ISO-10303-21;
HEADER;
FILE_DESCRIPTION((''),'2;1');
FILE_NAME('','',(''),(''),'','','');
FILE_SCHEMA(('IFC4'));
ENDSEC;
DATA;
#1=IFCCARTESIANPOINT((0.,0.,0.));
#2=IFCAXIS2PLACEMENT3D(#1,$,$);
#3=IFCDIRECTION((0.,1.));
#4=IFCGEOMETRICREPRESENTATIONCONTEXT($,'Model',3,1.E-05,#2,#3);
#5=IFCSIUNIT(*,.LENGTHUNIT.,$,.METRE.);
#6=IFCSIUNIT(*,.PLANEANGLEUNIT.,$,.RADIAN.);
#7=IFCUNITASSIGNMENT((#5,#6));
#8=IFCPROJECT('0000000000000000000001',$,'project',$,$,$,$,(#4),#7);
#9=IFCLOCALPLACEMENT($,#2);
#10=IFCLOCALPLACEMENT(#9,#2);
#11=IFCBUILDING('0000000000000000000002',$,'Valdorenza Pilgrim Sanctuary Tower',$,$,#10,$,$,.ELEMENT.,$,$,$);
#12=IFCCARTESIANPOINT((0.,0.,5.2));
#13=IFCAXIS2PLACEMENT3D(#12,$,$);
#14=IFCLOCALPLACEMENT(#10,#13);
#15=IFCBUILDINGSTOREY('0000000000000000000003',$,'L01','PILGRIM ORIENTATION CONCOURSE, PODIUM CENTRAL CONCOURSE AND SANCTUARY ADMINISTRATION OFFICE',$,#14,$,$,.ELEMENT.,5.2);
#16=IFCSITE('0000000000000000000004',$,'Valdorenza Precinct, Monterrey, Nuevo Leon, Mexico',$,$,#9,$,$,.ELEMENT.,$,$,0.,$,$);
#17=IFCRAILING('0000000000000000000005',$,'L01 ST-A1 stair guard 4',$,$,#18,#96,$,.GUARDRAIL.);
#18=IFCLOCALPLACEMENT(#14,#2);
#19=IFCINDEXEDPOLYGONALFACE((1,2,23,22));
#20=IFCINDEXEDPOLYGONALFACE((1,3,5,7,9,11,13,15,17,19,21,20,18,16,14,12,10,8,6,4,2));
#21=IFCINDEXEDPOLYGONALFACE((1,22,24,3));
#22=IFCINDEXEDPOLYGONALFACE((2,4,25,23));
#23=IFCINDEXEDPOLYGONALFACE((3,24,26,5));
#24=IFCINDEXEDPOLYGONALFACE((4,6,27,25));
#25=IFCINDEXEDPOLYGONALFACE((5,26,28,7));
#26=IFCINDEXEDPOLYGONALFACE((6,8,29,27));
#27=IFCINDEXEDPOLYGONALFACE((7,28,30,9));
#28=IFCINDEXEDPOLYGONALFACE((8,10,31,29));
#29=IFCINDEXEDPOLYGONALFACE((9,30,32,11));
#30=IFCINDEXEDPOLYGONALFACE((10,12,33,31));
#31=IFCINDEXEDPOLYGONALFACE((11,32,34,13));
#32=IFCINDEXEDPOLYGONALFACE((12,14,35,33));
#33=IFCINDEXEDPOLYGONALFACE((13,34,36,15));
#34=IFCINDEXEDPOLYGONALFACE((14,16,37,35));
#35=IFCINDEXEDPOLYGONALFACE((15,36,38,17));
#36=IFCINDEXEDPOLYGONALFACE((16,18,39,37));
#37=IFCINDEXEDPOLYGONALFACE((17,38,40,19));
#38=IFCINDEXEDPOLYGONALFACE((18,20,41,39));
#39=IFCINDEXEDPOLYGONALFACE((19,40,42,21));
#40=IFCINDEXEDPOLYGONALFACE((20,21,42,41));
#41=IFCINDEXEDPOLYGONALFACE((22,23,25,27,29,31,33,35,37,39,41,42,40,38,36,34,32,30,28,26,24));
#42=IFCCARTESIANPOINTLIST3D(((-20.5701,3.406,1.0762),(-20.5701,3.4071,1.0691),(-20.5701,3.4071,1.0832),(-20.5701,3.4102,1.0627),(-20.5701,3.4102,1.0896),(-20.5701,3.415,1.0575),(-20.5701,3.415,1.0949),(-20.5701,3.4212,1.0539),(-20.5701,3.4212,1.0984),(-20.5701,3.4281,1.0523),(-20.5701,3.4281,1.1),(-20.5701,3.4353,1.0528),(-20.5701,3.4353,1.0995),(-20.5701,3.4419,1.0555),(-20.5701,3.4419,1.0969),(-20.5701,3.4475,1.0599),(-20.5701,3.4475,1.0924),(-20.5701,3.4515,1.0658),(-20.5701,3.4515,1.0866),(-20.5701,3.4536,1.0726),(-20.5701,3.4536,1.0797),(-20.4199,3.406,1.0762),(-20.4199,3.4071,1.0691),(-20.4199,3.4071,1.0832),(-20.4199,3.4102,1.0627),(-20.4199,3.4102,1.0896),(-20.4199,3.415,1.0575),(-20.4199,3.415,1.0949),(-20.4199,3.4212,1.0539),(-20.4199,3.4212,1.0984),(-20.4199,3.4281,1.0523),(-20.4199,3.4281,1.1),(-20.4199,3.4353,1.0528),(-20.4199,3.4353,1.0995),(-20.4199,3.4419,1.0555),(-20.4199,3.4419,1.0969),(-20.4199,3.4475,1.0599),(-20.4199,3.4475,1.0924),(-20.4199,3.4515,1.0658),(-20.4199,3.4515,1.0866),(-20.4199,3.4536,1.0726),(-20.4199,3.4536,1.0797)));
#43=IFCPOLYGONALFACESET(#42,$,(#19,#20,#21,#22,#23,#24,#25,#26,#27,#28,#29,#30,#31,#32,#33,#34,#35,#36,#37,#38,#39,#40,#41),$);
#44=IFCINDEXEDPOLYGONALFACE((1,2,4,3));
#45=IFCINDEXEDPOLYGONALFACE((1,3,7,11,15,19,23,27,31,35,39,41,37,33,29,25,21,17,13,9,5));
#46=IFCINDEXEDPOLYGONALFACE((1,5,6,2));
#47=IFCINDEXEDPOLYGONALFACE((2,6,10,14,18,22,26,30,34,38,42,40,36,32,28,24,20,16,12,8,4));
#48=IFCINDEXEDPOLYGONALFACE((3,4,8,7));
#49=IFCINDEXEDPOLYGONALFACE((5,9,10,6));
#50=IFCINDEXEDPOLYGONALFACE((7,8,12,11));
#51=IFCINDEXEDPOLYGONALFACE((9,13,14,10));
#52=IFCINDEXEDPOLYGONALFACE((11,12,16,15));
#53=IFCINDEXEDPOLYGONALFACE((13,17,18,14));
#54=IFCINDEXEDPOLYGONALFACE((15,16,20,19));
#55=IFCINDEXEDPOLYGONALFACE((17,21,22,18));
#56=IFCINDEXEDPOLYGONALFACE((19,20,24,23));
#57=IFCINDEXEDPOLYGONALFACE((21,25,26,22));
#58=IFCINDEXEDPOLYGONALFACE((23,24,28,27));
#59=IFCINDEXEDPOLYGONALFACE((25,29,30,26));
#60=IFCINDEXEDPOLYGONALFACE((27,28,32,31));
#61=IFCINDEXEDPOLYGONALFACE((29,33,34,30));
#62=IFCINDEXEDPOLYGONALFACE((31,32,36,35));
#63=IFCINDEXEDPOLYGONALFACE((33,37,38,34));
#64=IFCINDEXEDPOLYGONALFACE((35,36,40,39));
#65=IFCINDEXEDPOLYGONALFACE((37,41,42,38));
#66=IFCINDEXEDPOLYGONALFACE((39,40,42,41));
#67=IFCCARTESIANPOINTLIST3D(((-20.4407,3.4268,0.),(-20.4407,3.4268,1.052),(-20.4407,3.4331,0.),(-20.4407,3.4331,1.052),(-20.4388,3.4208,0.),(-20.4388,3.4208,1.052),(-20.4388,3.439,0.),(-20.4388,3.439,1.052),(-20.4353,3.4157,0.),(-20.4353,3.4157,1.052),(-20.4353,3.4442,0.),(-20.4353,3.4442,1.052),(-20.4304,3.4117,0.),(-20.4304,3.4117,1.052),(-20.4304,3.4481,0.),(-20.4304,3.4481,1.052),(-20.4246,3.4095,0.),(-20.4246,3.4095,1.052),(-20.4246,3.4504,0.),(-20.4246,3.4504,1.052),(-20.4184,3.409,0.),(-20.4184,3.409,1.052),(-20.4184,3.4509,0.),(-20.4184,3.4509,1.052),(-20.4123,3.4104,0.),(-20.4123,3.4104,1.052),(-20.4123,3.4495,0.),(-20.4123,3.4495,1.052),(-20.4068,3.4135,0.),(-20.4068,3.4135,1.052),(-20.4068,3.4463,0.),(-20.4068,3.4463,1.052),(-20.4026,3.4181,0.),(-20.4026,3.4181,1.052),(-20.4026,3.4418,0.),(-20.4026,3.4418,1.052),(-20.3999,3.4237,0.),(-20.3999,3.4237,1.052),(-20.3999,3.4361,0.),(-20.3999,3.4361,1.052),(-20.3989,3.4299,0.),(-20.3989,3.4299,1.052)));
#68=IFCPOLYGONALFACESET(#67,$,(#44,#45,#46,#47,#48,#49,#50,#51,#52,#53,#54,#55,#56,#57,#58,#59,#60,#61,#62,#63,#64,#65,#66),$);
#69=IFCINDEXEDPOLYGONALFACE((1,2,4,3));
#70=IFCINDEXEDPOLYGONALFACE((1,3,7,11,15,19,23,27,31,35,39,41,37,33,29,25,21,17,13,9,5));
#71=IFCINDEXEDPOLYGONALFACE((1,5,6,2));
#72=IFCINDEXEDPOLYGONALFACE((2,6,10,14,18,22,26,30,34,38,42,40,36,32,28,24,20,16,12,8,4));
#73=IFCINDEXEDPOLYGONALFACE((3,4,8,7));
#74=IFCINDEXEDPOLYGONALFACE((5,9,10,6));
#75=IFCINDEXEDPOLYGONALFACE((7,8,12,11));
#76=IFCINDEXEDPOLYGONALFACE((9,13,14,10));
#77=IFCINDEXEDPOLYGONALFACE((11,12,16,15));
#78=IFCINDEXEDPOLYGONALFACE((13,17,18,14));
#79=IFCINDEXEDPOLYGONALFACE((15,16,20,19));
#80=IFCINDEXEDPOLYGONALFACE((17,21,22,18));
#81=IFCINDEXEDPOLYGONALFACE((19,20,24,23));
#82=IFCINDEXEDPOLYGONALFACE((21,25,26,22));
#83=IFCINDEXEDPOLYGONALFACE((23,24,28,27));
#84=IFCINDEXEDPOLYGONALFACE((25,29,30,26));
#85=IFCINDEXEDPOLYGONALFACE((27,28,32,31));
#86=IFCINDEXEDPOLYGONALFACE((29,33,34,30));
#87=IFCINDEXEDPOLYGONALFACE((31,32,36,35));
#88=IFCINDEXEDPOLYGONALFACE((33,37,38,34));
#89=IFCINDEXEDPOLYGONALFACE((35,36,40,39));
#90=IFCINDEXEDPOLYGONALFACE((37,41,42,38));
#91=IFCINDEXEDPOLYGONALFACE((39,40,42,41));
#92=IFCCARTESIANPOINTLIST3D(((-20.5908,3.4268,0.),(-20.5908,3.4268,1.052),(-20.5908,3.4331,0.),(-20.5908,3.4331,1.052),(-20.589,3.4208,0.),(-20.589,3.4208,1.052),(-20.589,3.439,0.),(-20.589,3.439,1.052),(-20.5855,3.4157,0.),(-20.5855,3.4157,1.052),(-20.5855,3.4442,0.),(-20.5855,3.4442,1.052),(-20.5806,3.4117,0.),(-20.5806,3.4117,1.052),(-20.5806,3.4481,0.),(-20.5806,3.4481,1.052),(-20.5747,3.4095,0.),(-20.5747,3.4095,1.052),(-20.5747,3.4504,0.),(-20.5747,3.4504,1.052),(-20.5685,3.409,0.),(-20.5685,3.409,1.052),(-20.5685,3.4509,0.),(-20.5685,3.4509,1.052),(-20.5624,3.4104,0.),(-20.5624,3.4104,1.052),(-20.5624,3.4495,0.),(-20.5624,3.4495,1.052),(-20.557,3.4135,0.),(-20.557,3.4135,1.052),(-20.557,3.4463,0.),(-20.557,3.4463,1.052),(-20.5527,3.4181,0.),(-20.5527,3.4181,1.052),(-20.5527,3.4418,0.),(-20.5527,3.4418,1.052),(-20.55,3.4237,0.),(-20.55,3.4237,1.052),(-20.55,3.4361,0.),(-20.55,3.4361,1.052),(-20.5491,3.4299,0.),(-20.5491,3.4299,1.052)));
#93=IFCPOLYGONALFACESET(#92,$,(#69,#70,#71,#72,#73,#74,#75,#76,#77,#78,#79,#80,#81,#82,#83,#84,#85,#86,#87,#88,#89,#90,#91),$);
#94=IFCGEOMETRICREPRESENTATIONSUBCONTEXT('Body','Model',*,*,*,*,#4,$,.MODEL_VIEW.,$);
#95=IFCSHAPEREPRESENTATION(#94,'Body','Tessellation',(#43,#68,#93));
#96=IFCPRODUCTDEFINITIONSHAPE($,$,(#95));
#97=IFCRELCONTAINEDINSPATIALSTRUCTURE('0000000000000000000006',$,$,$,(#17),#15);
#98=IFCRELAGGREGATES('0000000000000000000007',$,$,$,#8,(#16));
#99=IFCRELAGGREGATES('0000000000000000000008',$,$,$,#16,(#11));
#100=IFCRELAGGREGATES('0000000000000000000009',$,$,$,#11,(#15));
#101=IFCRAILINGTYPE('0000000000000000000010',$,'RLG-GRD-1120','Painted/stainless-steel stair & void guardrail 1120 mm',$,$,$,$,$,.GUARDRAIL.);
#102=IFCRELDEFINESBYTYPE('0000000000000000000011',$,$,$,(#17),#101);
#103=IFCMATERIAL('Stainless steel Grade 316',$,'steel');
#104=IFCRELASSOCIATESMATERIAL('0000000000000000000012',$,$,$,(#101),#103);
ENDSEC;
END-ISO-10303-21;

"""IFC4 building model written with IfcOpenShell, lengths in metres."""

from ifc_helpers import new_model, si_unit, direction, frame, origin, origin_2d, place, context, subcontext, project, spatial, circle, extrude, material, type_object, element, save


model = new_model("IFC4")

# Units and contexts
model_context = context("Model", 3, precision=1e-05, world=origin(), true_north=direction((0.0, 1.0)))
body_context = subcontext(model_context, "Body", "Model", "MODEL_VIEW")
ifc_project = project(units=[si_unit("LENGTHUNIT", "METRE"), si_unit("PLANEANGLEUNIT", "RADIAN")], contexts=[model_context])

# Site, building, storey
site_placement = place(None, origin())
site = spatial("IfcSite", under=ifc_project, at=site_placement, Name="Valdorenza Precinct, Monterrey, Nuevo Leon, Mexico", CompositionType="ELEMENT", RefElevation=0.0)
building_placement = place(site_placement, origin())
building = spatial("IfcBuilding", under=site, at=building_placement, Name="Valdorenza Pilgrim Sanctuary Tower", CompositionType="ELEMENT")
storey_placement = place(building_placement, frame((0.0, 0.0, 5.2)))
storey = spatial("IfcBuildingStorey", under=building, at=storey_placement, Name="L01", Description="PILGRIM ORIENTATION CONCOURSE, PODIUM CENTRAL CONCOURSE AND SANCTUARY ADMINISTRATION OFFICE", CompositionType="ELEMENT", Elevation=5.2)

# Railing
ifc_material_1 = material(Name="Stainless steel Grade 316", Category="steel")
railing_type_1 = type_object("IfcRailingType", Name="RLG-GRD-1120", Description="Painted/stainless-steel stair & void guardrail 1120 mm", PredefinedType="GUARDRAIL", material=ifc_material_1)
railing_1_placement = place(storey_placement, frame((-20.4199, 3.4299, 0.0)))
element("IfcRailing", 1, at=railing_1_placement, inside=storey, type_object=railing_type_1, Name="L01 ST-A1 stair guard 4", PredefinedType="GUARDRAIL", context=body_context, shape_type="SweptSolid", body=[
    extrude(circle(Radius=0.0239, at=origin_2d()), frame((0.0, 0.0, 1.0762), z_axis=(-1.0, 0.0, 0.0), x_axis=(0.0, -1.0, 0.0)), (0.0, 0.0, 1.0), 0.1501),
    extrude(circle(Radius=0.021, at=origin_2d()), origin(), (0.0, 0.0, 1.0), 1.052),
    extrude(circle(Radius=0.021, at=origin_2d()), frame((-0.1501, 0.0, 0.0)), (0.0, 0.0, 1.0), 1.052),
])

save(model, "model.ifc")
